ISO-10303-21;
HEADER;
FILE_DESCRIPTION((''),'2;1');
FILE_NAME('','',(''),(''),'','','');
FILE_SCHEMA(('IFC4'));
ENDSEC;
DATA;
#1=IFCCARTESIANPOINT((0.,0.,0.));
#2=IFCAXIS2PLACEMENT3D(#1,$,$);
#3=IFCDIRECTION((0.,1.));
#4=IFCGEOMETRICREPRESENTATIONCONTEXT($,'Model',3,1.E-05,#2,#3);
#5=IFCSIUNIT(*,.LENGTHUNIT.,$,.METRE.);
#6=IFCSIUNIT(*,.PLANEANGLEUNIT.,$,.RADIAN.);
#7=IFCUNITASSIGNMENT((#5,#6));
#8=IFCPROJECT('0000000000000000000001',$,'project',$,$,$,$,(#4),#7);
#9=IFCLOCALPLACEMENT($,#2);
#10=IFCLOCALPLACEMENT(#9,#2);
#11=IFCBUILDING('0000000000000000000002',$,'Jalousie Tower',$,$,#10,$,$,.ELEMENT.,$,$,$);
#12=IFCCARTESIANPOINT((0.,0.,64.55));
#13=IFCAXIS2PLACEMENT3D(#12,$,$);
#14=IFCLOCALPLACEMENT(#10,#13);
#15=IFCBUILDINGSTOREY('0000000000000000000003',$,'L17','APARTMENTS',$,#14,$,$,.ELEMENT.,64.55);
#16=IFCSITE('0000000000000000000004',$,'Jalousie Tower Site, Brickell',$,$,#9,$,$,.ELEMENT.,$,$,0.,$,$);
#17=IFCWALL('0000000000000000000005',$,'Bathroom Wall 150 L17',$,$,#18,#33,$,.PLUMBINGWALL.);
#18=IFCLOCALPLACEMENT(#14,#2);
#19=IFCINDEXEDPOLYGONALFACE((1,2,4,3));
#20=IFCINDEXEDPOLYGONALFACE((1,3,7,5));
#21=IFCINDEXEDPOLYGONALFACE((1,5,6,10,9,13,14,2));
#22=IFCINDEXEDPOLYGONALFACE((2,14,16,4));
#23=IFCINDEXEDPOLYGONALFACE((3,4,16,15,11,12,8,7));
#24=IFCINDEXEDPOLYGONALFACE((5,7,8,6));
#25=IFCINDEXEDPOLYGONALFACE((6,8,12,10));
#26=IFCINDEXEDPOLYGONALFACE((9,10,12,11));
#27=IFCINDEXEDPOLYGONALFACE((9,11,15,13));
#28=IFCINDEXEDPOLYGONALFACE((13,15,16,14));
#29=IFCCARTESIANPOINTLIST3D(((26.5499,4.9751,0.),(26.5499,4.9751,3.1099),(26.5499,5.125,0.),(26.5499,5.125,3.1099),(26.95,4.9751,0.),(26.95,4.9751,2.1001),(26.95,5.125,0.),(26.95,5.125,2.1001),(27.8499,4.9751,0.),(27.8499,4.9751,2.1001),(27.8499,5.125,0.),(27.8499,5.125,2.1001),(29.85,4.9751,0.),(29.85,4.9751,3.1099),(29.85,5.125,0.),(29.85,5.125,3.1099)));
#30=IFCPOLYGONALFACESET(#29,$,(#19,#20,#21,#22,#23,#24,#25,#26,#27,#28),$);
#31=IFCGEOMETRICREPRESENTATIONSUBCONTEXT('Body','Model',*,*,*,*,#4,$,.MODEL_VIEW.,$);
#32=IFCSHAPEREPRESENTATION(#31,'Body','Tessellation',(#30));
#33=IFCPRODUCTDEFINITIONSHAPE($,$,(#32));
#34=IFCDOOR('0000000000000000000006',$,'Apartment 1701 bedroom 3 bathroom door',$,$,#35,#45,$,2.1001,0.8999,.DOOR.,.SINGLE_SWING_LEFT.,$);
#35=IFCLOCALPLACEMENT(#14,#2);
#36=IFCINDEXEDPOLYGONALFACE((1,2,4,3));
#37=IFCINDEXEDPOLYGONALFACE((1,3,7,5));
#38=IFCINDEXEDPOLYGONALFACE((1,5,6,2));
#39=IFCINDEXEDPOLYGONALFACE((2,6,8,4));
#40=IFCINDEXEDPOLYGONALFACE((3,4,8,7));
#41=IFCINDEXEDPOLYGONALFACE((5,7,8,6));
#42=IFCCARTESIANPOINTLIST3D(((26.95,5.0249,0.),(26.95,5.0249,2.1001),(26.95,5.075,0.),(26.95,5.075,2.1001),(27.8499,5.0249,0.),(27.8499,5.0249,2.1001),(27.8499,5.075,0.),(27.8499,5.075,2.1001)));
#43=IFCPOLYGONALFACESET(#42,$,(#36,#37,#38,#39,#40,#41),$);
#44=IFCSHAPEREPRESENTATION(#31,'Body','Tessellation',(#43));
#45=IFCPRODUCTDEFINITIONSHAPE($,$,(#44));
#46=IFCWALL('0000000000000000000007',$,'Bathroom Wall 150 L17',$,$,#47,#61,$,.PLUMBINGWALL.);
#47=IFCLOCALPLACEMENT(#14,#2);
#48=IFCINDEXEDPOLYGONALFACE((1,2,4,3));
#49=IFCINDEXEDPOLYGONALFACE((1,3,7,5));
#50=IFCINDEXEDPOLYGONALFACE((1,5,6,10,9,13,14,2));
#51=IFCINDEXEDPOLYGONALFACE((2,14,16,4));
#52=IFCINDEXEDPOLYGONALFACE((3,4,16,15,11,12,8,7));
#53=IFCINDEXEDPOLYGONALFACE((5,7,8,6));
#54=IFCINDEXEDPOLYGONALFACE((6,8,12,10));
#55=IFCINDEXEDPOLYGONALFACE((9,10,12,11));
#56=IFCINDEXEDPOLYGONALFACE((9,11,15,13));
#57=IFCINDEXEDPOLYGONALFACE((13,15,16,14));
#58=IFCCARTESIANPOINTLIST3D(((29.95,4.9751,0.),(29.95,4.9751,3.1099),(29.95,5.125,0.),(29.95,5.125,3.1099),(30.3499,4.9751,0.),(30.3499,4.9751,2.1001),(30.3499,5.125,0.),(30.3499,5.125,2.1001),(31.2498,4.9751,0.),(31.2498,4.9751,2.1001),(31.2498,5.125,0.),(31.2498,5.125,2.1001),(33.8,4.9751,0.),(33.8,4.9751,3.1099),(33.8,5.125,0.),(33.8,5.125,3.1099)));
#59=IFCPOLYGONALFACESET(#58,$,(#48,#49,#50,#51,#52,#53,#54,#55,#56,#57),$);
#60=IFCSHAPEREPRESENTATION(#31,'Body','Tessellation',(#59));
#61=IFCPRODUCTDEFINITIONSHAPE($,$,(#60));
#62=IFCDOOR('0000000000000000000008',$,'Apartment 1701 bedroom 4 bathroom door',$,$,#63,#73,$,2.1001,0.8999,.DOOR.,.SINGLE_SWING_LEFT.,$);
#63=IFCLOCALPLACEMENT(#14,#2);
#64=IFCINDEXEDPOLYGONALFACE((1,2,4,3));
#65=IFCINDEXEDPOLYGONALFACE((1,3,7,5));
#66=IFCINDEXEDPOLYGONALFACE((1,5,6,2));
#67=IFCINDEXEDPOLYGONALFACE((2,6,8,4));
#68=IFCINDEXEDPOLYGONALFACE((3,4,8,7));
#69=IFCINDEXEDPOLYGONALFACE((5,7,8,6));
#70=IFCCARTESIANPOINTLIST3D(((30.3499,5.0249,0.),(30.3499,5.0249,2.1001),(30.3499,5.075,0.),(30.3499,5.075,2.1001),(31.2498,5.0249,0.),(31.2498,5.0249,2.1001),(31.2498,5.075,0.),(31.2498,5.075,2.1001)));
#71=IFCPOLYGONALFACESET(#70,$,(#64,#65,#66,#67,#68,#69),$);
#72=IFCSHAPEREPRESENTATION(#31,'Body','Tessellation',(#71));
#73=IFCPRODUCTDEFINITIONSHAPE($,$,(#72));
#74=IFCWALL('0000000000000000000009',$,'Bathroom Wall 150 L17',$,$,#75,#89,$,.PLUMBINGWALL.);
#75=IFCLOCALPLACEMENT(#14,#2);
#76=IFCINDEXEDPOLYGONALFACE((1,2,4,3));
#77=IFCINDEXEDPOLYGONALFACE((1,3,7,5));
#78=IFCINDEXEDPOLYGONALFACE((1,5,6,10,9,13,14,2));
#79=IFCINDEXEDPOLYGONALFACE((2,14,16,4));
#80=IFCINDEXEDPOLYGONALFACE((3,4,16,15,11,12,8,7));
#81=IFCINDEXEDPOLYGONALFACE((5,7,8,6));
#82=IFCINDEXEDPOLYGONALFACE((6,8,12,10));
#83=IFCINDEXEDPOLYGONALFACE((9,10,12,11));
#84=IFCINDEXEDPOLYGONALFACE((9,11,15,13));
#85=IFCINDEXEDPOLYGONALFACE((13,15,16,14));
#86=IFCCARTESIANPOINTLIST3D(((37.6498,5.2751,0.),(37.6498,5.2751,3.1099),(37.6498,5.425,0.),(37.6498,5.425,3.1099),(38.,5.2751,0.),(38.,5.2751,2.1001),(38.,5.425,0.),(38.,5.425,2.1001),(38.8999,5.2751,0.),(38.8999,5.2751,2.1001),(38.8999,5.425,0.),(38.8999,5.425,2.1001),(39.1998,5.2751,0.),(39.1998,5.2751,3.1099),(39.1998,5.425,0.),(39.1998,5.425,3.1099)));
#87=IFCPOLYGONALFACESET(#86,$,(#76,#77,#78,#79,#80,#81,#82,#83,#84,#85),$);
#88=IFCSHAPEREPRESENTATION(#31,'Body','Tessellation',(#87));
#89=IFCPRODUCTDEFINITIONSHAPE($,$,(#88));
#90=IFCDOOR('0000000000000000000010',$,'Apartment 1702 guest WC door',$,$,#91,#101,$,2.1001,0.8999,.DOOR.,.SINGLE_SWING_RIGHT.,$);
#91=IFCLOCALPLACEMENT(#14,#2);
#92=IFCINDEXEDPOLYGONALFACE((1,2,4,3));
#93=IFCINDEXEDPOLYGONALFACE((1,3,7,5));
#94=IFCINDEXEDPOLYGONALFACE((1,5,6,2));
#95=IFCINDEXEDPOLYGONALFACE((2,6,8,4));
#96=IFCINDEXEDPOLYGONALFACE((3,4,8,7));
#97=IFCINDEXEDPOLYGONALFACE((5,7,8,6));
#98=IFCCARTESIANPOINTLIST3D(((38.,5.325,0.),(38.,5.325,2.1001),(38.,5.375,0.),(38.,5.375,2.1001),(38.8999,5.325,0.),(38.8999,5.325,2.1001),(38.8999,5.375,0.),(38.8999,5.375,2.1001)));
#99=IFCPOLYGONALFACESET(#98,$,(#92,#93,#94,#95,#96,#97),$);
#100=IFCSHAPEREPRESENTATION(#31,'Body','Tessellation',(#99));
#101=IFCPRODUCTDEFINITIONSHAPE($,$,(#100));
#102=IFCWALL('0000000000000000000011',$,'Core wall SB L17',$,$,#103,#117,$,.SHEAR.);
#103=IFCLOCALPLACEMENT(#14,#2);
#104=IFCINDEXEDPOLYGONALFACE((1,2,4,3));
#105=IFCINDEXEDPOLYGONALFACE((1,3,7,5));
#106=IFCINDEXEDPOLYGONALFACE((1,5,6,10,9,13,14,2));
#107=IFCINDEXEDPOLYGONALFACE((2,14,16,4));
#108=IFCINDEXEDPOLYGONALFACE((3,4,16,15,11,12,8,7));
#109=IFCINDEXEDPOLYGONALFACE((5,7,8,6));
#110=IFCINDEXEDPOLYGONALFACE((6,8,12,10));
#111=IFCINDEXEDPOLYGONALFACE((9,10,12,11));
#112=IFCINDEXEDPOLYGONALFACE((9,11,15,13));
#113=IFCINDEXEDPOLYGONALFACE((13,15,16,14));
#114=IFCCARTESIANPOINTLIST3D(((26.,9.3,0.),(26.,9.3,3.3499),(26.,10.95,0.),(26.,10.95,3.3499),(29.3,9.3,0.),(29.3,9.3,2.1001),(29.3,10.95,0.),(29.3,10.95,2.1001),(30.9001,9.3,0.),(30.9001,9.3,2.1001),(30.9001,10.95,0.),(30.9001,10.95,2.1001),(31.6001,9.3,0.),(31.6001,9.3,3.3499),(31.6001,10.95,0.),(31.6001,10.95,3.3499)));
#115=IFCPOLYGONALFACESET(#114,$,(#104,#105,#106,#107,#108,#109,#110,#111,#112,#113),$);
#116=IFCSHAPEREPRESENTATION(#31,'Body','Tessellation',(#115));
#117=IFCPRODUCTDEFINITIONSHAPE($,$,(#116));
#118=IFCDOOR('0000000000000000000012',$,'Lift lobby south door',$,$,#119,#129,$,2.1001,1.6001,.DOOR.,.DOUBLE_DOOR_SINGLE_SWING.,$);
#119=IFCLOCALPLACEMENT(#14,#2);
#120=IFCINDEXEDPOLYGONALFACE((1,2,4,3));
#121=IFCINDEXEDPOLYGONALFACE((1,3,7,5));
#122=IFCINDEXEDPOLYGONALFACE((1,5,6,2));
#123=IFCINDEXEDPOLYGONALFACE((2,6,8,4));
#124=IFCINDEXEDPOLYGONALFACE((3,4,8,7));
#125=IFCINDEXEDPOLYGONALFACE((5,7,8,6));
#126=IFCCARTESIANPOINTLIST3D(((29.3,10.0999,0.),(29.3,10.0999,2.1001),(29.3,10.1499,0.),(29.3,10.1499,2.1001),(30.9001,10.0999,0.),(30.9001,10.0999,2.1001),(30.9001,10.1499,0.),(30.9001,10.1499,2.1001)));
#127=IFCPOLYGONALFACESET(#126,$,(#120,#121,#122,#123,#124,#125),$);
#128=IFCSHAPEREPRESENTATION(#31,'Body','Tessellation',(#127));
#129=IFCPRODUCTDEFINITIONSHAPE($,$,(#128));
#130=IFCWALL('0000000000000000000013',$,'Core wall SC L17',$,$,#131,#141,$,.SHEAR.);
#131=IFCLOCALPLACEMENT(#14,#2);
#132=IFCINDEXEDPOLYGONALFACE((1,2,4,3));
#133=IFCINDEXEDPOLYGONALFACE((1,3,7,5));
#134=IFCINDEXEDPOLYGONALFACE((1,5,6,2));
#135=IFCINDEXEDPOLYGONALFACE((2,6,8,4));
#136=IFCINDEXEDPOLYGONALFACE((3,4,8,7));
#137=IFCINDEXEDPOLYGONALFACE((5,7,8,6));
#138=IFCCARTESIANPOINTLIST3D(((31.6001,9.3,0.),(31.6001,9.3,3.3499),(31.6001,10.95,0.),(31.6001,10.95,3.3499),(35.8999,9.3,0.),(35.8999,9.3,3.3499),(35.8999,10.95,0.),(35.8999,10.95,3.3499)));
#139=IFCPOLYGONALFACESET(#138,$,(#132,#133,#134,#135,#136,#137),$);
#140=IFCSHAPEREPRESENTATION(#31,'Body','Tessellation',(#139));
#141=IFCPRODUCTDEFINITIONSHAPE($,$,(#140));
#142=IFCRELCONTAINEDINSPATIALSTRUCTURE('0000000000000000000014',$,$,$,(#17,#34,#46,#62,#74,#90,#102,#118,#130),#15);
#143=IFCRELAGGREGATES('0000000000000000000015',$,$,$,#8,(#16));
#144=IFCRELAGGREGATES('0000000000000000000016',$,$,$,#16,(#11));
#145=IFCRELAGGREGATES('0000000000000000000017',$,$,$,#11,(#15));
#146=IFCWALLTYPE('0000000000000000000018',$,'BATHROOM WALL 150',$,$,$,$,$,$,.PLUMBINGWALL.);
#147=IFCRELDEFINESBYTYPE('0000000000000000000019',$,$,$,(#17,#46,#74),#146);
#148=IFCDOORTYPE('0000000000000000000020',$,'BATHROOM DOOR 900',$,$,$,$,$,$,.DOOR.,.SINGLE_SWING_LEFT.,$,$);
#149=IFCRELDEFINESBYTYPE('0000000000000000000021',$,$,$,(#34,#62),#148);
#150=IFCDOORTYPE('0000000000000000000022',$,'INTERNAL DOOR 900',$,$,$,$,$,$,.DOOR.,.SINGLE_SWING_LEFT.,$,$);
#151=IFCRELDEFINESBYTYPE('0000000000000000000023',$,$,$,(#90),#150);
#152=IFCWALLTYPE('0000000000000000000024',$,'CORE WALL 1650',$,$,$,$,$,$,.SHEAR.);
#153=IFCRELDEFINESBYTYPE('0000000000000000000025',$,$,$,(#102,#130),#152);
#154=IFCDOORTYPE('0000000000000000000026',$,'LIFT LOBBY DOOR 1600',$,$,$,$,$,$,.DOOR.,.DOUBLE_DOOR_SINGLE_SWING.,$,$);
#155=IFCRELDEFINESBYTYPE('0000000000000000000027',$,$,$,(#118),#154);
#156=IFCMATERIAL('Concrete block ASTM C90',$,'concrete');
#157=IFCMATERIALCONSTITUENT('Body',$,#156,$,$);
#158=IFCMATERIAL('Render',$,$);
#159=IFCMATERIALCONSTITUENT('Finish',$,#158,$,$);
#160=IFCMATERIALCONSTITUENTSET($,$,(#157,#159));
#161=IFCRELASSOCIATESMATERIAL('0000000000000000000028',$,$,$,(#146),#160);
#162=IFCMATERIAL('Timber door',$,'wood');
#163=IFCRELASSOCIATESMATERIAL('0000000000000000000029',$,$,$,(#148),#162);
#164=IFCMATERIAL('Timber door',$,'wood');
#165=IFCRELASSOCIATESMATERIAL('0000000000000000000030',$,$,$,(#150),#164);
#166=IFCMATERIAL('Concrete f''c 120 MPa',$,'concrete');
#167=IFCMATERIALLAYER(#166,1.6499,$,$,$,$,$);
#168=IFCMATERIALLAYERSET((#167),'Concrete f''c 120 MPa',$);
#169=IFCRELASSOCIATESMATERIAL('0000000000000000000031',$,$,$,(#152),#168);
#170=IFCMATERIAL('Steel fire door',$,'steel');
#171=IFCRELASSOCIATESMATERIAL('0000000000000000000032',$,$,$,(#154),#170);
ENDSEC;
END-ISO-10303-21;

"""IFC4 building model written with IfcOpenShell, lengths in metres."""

from ifc_helpers import new_model, si_unit, direction, frame, frame_2d, origin, place, context, subcontext, project, spatial, rectangle, extrude, material, layer, layer_set, constituent, constituent_set, type_object, element, fill, save


model = new_model("IFC4")

# Units and contexts
model_context = context("Model", 3, precision=1e-05, world=origin(), true_north=direction((0.0, 1.0)))
body_context = subcontext(model_context, "Body", "Model", "MODEL_VIEW")
ifc_project = project(units=[si_unit("LENGTHUNIT", "METRE"), si_unit("PLANEANGLEUNIT", "RADIAN")], contexts=[model_context])

# Site, building, storey
site_placement = place(None, origin())
site = spatial("IfcSite", under=ifc_project, at=site_placement, Name="Jalousie Tower Site, Brickell", CompositionType="ELEMENT", RefElevation=0.0)
building_placement = place(site_placement, origin())
building = spatial("IfcBuilding", under=site, at=building_placement, Name="Jalousie Tower", CompositionType="ELEMENT")
storey_placement = place(building_placement, frame((0.0, 0.0, 64.55)))
storey = spatial("IfcBuildingStorey", under=building, at=storey_placement, Name="L17", Description="APARTMENTS", CompositionType="ELEMENT", Elevation=64.55)

# Walls, openings, doors
ifc_material_1 = material(Name="Concrete block ASTM C90", Category="concrete")
ifc_constituent_1 = constituent(ifc_material_1, Name="Body")
ifc_material_2 = material(Name="Render")
ifc_constituent_2 = constituent(ifc_material_2, Name="Finish")
ifc_constituent_set_1 = constituent_set(constituents=[ifc_constituent_1, ifc_constituent_2])
wall_type_1 = type_object("IfcWallType", Name="BATHROOM WALL 150", PredefinedType="PLUMBINGWALL", material=ifc_constituent_set_1)
wall_1_placement = place(storey_placement, frame((26.55, 5.05, 0.0), z_axis=(0.0, 0.0, 1.0), x_axis=(1.0, 0.0, 0.0)))
wall_1 = element("IfcWall", 1, at=wall_1_placement, inside=storey, type_object=wall_type_1, Name="Bathroom Wall 150 L17", PredefinedType="PLUMBINGWALL", context=body_context, shape_type="SweptSolid", body=[
    extrude(rectangle(XDim=3.3, YDim=0.1499, at=frame_2d((1.6499, 0.0))), origin(), (0.0, 0.0, 1.0), 3.1099),
])
opening_1_placement = place(wall_1_placement, frame((0.3999, 0.0, 0.0)))
opening_1 = element("IfcOpeningElement", 2, at=opening_1_placement, cuts=wall_1, PredefinedType="OPENING", context=body_context, shape_type="SweptSolid", body=[
    extrude(rectangle(XDim=0.8999, YDim=2.1001, at=frame_2d((0.45, 1.05))), frame((0.0, 0.085, 0.0), z_axis=(0.0, -1.0, 0.0), x_axis=(1.0, 0.0, 0.0)), (0.0, 0.0, 1.0), 0.1699),
])
ifc_material_3 = material(Name="Timber door", Category="wood")
door_type_1 = type_object("IfcDoorType", Name="BATHROOM DOOR 900", OperationType="SINGLE_SWING_LEFT", PredefinedType="DOOR", material=ifc_material_3)
door_1_placement = place(opening_1_placement, origin())
door_1 = element("IfcDoor", 3, at=door_1_placement, inside=storey, type_object=door_type_1, Name="Apartment 1701 bedroom 3 bathroom door", OperationType="SINGLE_SWING_LEFT", OverallHeight=2.1001, OverallWidth=0.8999, PredefinedType="DOOR", context=body_context, shape_type="SweptSolid", body=[
    extrude(rectangle(XDim=0.8999, YDim=2.1001, at=frame_2d((0.45, 1.05))), frame((0.0, 0.0249, 0.0), z_axis=(0.0, -1.0, 0.0), x_axis=(1.0, 0.0, 0.0)), (0.0, 0.0, 1.0), 0.05),
])
fill(opening_1, door_1)
wall_2_placement = place(storey_placement, frame((29.95, 5.05, 0.0), z_axis=(0.0, 0.0, 1.0), x_axis=(1.0, 0.0, 0.0)))
wall_2 = element("IfcWall", 4, at=wall_2_placement, inside=storey, type_object=wall_type_1, Name="Bathroom Wall 150 L17", PredefinedType="PLUMBINGWALL", context=body_context, shape_type="SweptSolid", body=[
    extrude(rectangle(XDim=3.8501, YDim=0.1499, at=frame_2d((1.925, 0.0))), origin(), (0.0, 0.0, 1.0), 3.1099),
])
opening_2_placement = place(wall_2_placement, frame((0.3999, 0.0, 0.0)))
opening_2 = element("IfcOpeningElement", 5, at=opening_2_placement, cuts=wall_2, PredefinedType="OPENING", context=body_context, shape_type="SweptSolid", body=[
    extrude(rectangle(XDim=0.8999, YDim=2.1001, at=frame_2d((0.45, 1.05))), frame((0.0, 0.085, 0.0), z_axis=(0.0, -1.0, 0.0), x_axis=(1.0, 0.0, 0.0)), (0.0, 0.0, 1.0), 0.1699),
])
door_2_placement = place(opening_2_placement, origin())
door_2 = element("IfcDoor", 6, at=door_2_placement, inside=storey, type_object=door_type_1, Name="Apartment 1701 bedroom 4 bathroom door", OperationType="SINGLE_SWING_LEFT", OverallHeight=2.1001, OverallWidth=0.8999, PredefinedType="DOOR", context=body_context, shape_type="SweptSolid", body=[
    extrude(rectangle(XDim=0.8999, YDim=2.1001, at=frame_2d((0.45, 1.05))), frame((0.0, 0.0249, 0.0), z_axis=(0.0, -1.0, 0.0), x_axis=(1.0, 0.0, 0.0)), (0.0, 0.0, 1.0), 0.05),
])
fill(opening_2, door_2)
wall_3_placement = place(storey_placement, frame((37.6499, 5.3501, 0.0), z_axis=(0.0, 0.0, 1.0), x_axis=(1.0, 0.0, 0.0)))
wall_3 = element("IfcWall", 7, at=wall_3_placement, inside=storey, type_object=wall_type_1, Name="Bathroom Wall 150 L17", PredefinedType="PLUMBINGWALL", context=body_context, shape_type="SweptSolid", body=[
    extrude(rectangle(XDim=1.55, YDim=0.1499, at=frame_2d((0.7749, 0.0))), origin(), (0.0, 0.0, 1.0), 3.1099),
])
opening_3_placement = place(wall_3_placement, frame((0.3501, 0.0, 0.0)))
opening_3 = element("IfcOpeningElement", 8, at=opening_3_placement, cuts=wall_3, PredefinedType="OPENING", context=body_context, shape_type="SweptSolid", body=[
    extrude(rectangle(XDim=0.8999, YDim=2.1001, at=frame_2d((0.45, 1.05))), frame((0.0, 0.085, 0.0), z_axis=(0.0, -1.0, 0.0), x_axis=(1.0, 0.0, 0.0)), (0.0, 0.0, 1.0), 0.1699),
])
ifc_material_4 = material(Name="Timber door", Category="wood")
door_type_2 = type_object("IfcDoorType", Name="INTERNAL DOOR 900", OperationType="SINGLE_SWING_LEFT", PredefinedType="DOOR", material=ifc_material_4)
door_3_placement = place(opening_3_placement, origin())
door_3 = element("IfcDoor", 9, at=door_3_placement, inside=storey, type_object=door_type_2, Name="Apartment 1702 guest WC door", OperationType="SINGLE_SWING_RIGHT", OverallHeight=2.1001, OverallWidth=0.8999, PredefinedType="DOOR", context=body_context, shape_type="SweptSolid", body=[
    extrude(rectangle(XDim=0.8999, YDim=2.1001, at=frame_2d((0.45, 1.05))), frame((0.0, 0.0249, 0.0), z_axis=(0.0, -1.0, 0.0), x_axis=(1.0, 0.0, 0.0)), (0.0, 0.0, 1.0), 0.05),
])
fill(opening_3, door_3)
ifc_material_5 = material(Name="Concrete f'c 120 MPa", Category="concrete")
ifc_layer_1 = layer(ifc_material_5, 1.6499)
ifc_layer_set_1 = layer_set([ifc_layer_1], Name="Concrete f'c 120 MPa")
wall_type_2 = type_object("IfcWallType", Name="CORE WALL 1650", PredefinedType="SHEAR", material=ifc_layer_set_1)
wall_4_placement = place(storey_placement, frame((26.0, 10.125, 0.0), z_axis=(0.0, 0.0, 1.0), x_axis=(1.0, 0.0, 0.0)))
wall_4 = element("IfcWall", 10, at=wall_4_placement, inside=storey, type_object=wall_type_2, Name="Core wall SB L17", PredefinedType="SHEAR", context=body_context, shape_type="SweptSolid", body=[
    extrude(rectangle(XDim=5.6001, YDim=1.6499, at=frame_2d((2.8, 0.0))), origin(), (0.0, 0.0, 1.0), 3.3499),
])
opening_4_placement = place(wall_4_placement, frame((3.3, 0.0, 0.0)))
opening_4 = element("IfcOpeningElement", 11, at=opening_4_placement, cuts=wall_4, PredefinedType="OPENING", context=body_context, shape_type="SweptSolid", body=[
    extrude(rectangle(XDim=1.6001, YDim=2.1001, at=frame_2d((0.8, 1.05))), frame((0.0, 0.835, 0.0), z_axis=(0.0, -1.0, 0.0), x_axis=(1.0, 0.0, 0.0)), (0.0, 0.0, 1.0), 1.6699),
])
ifc_material_6 = material(Name="Steel fire door", Category="steel")
door_type_3 = type_object("IfcDoorType", Name="LIFT LOBBY DOOR 1600", OperationType="DOUBLE_DOOR_SINGLE_SWING", PredefinedType="DOOR", material=ifc_material_6)
door_4_placement = place(opening_4_placement, origin())
door_4 = element("IfcDoor", 12, at=door_4_placement, inside=storey, type_object=door_type_3, Name="Lift lobby south door", OperationType="DOUBLE_DOOR_SINGLE_SWING", OverallHeight=2.1001, OverallWidth=1.6001, PredefinedType="DOOR", context=body_context, shape_type="SweptSolid", body=[
    extrude(rectangle(XDim=1.6001, YDim=2.1001, at=frame_2d((0.8, 1.05))), frame((0.0, 0.0249, 0.0), z_axis=(0.0, -1.0, 0.0), x_axis=(1.0, 0.0, 0.0)), (0.0, 0.0, 1.0), 0.05),
])
fill(opening_4, door_4)

# Wall
wall_5_placement = place(storey_placement, frame((31.6001, 10.125, 0.0), z_axis=(0.0, 0.0, 1.0), x_axis=(1.0, 0.0, 0.0)))
element("IfcWall", 13, at=wall_5_placement, inside=storey, type_object=wall_type_2, Name="Core wall SC L17", PredefinedType="SHEAR", context=body_context, shape_type="SweptSolid", body=[
    extrude(rectangle(XDim=4.2998, YDim=1.6499, at=frame_2d((2.1499, 0.0))), origin(), (0.0, 0.0, 1.0), 3.3499),
])

save(model, "model.ifc")
